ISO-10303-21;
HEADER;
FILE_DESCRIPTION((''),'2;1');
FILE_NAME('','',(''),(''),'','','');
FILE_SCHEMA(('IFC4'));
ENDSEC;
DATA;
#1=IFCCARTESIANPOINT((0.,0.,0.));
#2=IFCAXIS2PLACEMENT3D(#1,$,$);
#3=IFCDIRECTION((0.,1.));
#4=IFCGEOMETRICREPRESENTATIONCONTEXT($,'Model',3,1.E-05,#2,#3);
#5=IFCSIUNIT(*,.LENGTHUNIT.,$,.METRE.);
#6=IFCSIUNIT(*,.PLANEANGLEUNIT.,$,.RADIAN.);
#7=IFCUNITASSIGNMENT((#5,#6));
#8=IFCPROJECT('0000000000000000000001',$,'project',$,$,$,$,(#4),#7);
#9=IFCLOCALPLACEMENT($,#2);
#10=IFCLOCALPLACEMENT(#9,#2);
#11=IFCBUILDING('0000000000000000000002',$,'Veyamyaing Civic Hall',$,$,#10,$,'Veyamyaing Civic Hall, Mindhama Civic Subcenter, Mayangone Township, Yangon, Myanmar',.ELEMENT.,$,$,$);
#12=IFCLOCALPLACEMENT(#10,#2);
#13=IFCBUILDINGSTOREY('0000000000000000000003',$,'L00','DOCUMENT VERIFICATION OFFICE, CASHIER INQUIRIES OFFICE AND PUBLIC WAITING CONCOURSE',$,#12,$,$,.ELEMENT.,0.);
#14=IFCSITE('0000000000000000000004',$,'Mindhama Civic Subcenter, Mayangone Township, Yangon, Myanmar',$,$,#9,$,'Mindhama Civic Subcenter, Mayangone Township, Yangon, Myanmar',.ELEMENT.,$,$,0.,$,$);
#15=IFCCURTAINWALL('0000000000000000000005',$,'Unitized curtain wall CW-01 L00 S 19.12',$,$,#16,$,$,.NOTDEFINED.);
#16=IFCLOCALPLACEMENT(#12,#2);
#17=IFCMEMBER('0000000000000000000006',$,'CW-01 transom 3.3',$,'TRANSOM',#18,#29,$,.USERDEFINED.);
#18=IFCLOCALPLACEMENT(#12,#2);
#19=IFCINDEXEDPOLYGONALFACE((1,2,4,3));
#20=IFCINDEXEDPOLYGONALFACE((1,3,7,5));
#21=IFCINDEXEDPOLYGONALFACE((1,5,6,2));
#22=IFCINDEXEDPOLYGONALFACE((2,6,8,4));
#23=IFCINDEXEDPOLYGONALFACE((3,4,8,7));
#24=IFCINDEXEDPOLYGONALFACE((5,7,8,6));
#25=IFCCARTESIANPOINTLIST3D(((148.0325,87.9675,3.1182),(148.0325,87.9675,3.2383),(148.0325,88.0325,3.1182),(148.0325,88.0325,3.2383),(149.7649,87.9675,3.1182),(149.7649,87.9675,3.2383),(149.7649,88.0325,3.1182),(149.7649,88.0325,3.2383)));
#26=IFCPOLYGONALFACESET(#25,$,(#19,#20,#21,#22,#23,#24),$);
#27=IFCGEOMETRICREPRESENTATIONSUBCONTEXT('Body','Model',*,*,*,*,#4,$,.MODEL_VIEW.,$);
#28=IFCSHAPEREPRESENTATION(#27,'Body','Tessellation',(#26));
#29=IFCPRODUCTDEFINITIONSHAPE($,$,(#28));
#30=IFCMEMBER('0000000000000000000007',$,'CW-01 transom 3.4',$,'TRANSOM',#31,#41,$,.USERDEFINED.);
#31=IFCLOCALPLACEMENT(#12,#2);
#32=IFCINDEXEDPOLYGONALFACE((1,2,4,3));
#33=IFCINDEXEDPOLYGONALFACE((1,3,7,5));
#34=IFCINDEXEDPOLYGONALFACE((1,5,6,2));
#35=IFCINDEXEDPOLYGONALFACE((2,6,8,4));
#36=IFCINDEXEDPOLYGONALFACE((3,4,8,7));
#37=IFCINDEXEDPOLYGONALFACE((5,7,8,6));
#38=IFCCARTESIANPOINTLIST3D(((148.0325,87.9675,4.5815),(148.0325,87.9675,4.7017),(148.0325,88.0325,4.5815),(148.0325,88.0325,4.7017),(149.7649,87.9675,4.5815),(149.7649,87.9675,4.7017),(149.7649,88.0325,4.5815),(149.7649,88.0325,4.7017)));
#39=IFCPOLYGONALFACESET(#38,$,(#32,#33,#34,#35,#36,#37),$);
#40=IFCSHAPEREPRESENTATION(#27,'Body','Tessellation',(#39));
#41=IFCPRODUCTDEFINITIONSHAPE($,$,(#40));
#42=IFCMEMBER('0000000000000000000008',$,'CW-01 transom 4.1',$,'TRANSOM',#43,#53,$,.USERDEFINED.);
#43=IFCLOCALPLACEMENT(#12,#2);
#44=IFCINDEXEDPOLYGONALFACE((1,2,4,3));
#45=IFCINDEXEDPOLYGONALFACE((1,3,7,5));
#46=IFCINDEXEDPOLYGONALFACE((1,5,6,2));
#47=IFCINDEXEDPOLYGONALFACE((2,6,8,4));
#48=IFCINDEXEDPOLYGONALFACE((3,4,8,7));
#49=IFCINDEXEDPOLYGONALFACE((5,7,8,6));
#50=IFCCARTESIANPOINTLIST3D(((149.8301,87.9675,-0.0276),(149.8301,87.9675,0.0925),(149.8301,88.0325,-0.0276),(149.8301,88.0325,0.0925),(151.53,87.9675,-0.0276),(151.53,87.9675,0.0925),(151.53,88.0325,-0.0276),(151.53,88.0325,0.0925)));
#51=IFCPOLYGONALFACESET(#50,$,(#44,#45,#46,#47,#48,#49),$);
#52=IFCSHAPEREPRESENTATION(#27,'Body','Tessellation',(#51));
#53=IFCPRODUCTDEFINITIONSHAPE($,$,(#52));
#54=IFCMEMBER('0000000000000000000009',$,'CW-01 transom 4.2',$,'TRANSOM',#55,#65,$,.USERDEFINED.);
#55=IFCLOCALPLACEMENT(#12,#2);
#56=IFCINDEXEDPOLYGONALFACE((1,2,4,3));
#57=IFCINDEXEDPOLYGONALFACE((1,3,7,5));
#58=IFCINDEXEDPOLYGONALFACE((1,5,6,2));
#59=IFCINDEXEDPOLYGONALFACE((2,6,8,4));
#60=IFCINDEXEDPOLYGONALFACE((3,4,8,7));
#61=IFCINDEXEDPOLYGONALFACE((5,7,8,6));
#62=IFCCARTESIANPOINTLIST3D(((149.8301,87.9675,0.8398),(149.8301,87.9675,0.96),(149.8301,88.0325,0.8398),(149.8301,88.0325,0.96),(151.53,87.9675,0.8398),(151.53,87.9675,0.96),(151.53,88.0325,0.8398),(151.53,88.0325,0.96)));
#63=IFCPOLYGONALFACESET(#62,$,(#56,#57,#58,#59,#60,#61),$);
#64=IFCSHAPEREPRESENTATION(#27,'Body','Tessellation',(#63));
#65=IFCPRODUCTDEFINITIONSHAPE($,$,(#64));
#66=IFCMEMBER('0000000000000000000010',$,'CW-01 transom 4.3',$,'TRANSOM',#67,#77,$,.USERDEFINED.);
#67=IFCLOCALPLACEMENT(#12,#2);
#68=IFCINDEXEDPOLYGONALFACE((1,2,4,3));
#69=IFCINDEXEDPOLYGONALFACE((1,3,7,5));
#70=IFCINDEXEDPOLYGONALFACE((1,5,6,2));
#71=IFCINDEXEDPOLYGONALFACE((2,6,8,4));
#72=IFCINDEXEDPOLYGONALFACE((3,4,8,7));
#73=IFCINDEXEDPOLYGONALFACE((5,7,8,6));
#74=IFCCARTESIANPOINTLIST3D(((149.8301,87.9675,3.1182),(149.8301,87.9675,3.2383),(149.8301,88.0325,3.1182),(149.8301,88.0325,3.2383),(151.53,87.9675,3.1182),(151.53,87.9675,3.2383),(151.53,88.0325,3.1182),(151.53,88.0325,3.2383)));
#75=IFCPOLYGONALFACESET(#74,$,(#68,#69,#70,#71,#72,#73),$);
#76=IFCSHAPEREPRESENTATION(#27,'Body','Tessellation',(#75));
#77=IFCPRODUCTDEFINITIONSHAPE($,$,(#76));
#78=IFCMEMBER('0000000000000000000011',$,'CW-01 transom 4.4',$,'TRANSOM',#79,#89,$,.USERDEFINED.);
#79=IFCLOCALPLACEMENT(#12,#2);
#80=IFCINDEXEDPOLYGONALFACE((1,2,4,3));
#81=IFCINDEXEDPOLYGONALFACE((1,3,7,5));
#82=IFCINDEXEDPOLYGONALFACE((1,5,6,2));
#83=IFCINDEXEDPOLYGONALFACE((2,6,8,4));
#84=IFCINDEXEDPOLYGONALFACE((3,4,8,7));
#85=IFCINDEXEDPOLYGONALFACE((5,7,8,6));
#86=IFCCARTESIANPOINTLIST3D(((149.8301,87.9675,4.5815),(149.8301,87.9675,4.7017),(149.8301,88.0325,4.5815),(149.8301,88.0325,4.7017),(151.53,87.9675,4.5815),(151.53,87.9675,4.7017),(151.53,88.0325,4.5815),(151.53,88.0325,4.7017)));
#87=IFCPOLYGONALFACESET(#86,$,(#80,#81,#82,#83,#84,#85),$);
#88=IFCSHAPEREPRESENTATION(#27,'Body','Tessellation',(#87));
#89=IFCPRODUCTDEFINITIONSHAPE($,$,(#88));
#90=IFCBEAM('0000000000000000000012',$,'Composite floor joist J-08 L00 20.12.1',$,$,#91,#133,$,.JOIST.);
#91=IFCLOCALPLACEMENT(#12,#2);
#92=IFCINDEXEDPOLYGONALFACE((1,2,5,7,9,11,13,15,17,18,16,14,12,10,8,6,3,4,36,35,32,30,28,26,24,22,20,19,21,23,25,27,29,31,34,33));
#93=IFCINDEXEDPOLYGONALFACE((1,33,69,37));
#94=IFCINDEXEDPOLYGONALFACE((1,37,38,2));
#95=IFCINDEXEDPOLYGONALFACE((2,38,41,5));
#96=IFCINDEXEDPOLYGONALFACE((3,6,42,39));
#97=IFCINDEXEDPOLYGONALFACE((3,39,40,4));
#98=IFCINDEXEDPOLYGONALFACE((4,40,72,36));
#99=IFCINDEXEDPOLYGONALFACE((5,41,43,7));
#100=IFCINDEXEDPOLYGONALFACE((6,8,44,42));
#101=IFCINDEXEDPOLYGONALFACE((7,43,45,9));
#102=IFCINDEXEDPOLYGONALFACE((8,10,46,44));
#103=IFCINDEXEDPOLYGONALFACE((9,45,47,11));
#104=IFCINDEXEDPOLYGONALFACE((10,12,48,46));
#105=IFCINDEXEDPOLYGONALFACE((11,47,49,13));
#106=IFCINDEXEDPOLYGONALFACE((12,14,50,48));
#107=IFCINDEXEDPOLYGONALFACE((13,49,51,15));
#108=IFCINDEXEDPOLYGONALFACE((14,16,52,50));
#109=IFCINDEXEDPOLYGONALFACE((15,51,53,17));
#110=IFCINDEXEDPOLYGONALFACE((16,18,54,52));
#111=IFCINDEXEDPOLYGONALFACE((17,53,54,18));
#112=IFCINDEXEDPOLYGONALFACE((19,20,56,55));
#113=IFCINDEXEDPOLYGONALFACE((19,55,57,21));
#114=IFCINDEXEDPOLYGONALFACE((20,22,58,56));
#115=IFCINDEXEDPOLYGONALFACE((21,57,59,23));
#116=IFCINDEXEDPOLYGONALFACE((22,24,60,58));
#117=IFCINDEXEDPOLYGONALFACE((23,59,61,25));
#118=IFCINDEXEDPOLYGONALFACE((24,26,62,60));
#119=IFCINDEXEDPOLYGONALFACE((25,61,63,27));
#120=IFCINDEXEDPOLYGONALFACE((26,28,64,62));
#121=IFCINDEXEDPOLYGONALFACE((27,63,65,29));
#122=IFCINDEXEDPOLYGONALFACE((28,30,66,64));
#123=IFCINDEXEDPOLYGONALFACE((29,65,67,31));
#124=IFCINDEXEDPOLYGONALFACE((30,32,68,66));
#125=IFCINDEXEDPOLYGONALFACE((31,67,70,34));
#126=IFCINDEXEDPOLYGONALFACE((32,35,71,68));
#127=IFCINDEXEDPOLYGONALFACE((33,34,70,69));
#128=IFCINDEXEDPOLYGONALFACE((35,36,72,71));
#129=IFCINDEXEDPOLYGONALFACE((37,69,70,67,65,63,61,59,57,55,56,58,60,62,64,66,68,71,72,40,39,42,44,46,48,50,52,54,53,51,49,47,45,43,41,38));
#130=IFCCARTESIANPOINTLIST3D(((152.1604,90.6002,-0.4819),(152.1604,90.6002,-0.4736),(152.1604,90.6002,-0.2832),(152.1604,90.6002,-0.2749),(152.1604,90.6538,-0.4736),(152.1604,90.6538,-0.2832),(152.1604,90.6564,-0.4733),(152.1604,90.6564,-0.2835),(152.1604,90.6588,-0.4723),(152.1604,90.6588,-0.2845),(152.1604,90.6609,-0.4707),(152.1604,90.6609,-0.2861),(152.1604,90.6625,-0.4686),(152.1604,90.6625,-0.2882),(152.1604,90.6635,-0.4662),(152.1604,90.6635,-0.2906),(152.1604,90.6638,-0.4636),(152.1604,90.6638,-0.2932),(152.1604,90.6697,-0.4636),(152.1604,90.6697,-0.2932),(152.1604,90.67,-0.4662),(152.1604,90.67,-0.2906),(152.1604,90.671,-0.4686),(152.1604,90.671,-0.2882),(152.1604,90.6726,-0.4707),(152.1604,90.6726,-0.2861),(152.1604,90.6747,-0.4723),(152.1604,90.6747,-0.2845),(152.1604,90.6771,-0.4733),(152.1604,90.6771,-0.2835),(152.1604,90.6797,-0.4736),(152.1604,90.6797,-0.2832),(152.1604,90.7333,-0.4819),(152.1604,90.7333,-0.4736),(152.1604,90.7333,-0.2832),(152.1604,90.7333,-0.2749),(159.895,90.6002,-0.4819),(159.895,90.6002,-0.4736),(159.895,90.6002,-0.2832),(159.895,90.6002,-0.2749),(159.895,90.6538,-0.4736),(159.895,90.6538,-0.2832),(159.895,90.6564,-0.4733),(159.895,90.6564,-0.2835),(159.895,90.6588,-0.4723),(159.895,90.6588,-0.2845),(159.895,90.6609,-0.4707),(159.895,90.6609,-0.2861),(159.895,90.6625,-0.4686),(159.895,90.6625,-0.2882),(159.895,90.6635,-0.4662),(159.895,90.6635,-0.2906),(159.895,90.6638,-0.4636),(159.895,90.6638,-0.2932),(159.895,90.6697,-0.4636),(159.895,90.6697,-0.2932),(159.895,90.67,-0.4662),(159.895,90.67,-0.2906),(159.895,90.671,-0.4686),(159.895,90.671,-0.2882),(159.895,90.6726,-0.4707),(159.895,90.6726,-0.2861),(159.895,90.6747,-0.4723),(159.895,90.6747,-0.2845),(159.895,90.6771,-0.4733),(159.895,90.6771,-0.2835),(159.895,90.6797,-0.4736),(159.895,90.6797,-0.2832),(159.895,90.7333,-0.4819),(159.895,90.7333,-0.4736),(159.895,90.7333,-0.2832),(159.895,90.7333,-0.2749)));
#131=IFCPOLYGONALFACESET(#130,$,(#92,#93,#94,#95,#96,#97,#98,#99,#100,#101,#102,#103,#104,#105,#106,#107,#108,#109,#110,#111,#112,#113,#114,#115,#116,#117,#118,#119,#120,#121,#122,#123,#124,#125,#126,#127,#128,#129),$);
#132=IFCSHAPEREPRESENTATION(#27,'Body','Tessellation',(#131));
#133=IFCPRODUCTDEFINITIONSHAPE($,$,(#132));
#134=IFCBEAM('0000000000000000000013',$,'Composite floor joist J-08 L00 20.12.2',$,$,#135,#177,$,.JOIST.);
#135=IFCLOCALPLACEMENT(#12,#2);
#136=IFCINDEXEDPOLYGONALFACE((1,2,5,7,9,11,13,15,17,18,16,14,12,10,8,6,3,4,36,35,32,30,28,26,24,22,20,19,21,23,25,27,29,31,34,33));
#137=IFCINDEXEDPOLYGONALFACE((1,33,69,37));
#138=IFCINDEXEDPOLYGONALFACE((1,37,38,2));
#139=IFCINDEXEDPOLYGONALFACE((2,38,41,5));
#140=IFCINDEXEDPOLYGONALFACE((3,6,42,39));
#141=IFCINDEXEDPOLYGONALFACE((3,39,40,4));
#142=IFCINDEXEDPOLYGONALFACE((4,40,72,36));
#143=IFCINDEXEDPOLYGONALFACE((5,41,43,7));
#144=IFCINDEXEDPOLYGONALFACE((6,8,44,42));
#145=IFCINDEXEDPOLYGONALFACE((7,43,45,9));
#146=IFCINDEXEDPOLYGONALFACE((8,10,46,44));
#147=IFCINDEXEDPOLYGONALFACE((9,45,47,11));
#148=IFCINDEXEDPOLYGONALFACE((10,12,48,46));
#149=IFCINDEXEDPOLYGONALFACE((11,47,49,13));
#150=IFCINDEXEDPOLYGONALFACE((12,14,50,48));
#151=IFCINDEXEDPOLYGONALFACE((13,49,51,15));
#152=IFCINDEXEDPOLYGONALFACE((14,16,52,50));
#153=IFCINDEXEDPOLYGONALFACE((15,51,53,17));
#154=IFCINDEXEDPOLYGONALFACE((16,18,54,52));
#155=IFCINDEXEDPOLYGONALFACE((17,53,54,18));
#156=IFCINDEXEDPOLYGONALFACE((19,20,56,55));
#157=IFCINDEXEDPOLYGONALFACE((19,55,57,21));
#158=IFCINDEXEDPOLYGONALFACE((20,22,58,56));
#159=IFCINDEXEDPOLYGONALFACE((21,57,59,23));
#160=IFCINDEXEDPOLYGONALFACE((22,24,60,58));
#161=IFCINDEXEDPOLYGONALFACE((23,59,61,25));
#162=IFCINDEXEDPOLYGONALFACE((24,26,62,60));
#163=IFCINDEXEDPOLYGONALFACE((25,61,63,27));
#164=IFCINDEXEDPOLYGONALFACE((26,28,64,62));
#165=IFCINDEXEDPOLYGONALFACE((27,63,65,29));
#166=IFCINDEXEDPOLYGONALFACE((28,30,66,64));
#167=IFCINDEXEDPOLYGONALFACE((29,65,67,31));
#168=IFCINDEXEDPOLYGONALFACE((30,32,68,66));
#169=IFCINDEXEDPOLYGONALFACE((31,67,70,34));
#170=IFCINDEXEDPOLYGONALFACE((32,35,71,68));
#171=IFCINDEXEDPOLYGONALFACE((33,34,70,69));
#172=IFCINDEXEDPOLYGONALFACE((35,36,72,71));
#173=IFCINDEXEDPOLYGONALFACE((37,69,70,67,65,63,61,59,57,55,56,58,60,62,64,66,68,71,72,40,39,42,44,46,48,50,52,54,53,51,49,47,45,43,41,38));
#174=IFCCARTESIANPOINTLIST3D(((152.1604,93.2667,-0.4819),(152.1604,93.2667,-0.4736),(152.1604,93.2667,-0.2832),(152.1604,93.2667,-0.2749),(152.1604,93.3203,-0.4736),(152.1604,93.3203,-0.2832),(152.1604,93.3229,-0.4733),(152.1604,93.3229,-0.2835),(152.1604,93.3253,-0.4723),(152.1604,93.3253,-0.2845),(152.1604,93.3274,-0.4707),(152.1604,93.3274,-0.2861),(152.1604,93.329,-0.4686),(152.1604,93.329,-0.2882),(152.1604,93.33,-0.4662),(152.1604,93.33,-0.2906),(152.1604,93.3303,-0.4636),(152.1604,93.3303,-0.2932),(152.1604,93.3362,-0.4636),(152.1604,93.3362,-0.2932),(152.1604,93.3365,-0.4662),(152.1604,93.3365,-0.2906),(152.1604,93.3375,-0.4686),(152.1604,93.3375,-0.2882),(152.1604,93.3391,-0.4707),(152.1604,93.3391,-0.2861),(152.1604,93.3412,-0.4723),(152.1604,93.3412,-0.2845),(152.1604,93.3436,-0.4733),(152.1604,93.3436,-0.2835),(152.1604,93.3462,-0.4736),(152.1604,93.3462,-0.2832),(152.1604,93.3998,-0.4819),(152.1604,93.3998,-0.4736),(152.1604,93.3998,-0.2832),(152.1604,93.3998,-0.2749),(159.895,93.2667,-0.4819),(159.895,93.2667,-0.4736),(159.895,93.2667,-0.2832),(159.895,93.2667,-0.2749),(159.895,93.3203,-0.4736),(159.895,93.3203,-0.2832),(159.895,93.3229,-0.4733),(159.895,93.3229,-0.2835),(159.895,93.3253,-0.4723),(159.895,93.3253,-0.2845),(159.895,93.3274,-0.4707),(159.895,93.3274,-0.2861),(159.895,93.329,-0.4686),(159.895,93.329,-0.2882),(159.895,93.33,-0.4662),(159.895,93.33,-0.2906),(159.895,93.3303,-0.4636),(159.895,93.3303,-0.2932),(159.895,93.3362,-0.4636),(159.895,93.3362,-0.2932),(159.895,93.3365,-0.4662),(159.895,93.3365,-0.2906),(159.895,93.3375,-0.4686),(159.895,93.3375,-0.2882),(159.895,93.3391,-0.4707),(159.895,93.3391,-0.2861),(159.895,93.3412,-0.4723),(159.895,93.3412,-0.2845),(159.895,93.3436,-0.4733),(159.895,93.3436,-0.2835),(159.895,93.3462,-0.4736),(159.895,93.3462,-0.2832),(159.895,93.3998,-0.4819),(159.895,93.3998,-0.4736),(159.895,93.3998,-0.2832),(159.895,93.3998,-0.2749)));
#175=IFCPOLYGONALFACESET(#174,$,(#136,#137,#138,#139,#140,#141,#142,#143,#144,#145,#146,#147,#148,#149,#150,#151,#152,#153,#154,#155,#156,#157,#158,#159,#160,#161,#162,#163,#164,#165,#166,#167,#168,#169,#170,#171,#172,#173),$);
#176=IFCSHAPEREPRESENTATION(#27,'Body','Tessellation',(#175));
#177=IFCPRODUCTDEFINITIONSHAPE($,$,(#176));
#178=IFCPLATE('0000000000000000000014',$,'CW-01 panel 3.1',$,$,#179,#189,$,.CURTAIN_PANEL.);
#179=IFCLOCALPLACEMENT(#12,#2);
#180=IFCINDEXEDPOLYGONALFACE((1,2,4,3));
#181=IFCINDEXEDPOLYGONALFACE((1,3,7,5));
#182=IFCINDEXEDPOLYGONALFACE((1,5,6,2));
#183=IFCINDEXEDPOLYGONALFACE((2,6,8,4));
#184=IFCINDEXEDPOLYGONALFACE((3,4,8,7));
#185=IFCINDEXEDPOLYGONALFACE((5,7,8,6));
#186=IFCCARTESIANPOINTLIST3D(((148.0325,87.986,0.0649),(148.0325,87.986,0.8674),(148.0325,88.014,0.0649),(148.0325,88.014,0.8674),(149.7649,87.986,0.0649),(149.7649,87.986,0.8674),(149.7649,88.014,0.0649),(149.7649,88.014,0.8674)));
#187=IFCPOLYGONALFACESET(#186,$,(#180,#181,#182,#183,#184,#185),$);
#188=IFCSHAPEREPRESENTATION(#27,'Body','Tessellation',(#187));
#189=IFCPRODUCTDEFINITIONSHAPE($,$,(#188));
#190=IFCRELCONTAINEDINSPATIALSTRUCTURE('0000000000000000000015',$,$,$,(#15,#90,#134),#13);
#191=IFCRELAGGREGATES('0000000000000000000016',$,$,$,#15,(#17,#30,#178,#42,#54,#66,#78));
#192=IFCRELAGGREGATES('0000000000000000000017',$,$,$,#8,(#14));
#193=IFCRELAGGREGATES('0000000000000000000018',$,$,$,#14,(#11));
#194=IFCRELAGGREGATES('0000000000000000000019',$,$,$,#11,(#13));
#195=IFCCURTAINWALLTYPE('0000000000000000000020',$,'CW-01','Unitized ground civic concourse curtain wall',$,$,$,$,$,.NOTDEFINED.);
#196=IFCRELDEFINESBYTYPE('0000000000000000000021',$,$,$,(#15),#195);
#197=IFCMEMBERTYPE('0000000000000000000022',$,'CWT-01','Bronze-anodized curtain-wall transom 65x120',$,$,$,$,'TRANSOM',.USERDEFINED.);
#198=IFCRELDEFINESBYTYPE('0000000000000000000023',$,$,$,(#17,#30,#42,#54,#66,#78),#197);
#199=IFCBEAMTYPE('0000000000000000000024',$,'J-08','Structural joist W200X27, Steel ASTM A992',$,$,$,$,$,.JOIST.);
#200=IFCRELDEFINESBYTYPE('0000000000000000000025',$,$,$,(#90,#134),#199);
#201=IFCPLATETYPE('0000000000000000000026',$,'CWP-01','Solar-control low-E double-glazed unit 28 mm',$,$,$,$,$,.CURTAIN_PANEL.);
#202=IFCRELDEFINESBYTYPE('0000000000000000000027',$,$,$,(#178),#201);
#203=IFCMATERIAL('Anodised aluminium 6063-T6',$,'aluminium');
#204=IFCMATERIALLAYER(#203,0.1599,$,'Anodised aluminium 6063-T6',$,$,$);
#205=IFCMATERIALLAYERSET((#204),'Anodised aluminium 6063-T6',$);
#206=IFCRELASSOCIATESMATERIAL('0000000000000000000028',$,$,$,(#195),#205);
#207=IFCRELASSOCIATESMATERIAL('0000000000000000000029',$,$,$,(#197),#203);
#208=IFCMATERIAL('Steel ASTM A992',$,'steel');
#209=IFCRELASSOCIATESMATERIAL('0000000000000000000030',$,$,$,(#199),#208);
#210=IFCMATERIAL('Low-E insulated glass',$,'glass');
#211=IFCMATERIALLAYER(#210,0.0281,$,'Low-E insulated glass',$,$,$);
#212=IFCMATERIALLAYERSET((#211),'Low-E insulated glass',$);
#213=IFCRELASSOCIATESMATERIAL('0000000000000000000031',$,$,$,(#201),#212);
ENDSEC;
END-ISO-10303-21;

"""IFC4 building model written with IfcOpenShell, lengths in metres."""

from ifc_helpers import new_model, si_unit, direction, frame, origin, origin_2d, place, context, subcontext, project, spatial, rectangle, i_section, extrude, material, layer, layer_set, material_profile, profile_set, type_object, element, aggregate, save


model = new_model("IFC4")

# Units and contexts
model_context = context("Model", 3, precision=1e-05, world=origin(), true_north=direction((0.0, 1.0)))
body_context = subcontext(model_context, "Body", "Model", "MODEL_VIEW")
ifc_project = project(units=[si_unit("LENGTHUNIT", "METRE"), si_unit("PLANEANGLEUNIT", "RADIAN")], contexts=[model_context])

# Site, building, storey
site_placement = place(None, origin())
site = spatial("IfcSite", under=ifc_project, at=site_placement, Name="Mindhama Civic Subcenter, Mayangone Township, Yangon, Myanmar", LongName="Mindhama Civic Subcenter, Mayangone Township, Yangon, Myanmar", CompositionType="ELEMENT", RefElevation=0.0)
building_placement = place(site_placement, origin())
building = spatial("IfcBuilding", under=site, at=building_placement, Name="Veyamyaing Civic Hall", LongName="Veyamyaing Civic Hall, Mindhama Civic Subcenter, Mayangone Township, Yangon, Myanmar", CompositionType="ELEMENT")
storey_placement = place(building_placement, origin())
storey = spatial("IfcBuildingStorey", under=building, at=storey_placement, Name="L00", Description="DOCUMENT VERIFICATION OFFICE, CASHIER INQUIRIES OFFICE AND PUBLIC WAITING CONCOURSE", CompositionType="ELEMENT", Elevation=0.0)

# Shared definitions
ifc_material_1 = material(Name="Steel ASTM A992", Category="steel")

# Curtain wall, members
ifc_material_2 = material(Name="Anodised aluminium 6063-T6", Category="aluminium")
ifc_layer_1 = layer(ifc_material_2, 0.1599, Name="Anodised aluminium 6063-T6")
ifc_layer_set_1 = layer_set([ifc_layer_1], Name="Anodised aluminium 6063-T6")
curtain_wall_type = type_object("IfcCurtainWallType", Name="CW-01", Description="Unitized ground civic concourse curtain wall", PredefinedType="NOTDEFINED", material=ifc_layer_set_1)
curtain_wall_placement = place(storey_placement, origin())
curtain_wall = element("IfcCurtainWall", 1, at=curtain_wall_placement, inside=storey, type_object=curtain_wall_type, Name="Unitized curtain wall CW-01 L00 S 19.12", PredefinedType="NOTDEFINED")
ifc_material_profile_1 = material_profile(ifc_material_2, rectangle(XDim=0.0649, YDim=0.1201, at=origin_2d()), Name="ALU-TRN-65X120")
ifc_profile_set_1 = profile_set([ifc_material_profile_1], Name="Anodised aluminium 6063-T6")
member_type_1 = type_object("IfcMemberType", Name="CWT-01", Description="Bronze-anodized curtain-wall transom 65x120", ElementType="TRANSOM", PredefinedType="USERDEFINED", material=ifc_profile_set_1)
member_1_placement = place(storey_placement, frame((148.0325, 88.0, 3.1782), z_axis=(1.0, 0.0, 0.0), x_axis=(0.0, 1.0, 0.0)))
member_1 = element("IfcMember", 2, at=member_1_placement, type_object=member_type_1, Name="CW-01 transom 3.3", ObjectType="TRANSOM", PredefinedType="USERDEFINED", context=body_context, shape_type="SweptSolid", body=[
    extrude(rectangle(XDim=0.0649, YDim=0.1201, at=origin_2d()), origin(), (0.0, 0.0, 1.0), 1.7324),
])
member_2_placement = place(storey_placement, frame((148.0325, 88.0, 4.6416), z_axis=(1.0, 0.0, 0.0), x_axis=(0.0, 1.0, 0.0)))
member_2 = element("IfcMember", 3, at=member_2_placement, type_object=member_type_1, Name="CW-01 transom 3.4", ObjectType="TRANSOM", PredefinedType="USERDEFINED", context=body_context, shape_type="SweptSolid", body=[
    extrude(rectangle(XDim=0.0649, YDim=0.1201, at=origin_2d()), origin(), (0.0, 0.0, 1.0), 1.7324),
])
member_3_placement = place(storey_placement, frame((149.8301, 88.0, 0.0325), z_axis=(1.0, 0.0, 0.0), x_axis=(0.0, 1.0, 0.0)))
member_3 = element("IfcMember", 4, at=member_3_placement, type_object=member_type_1, Name="CW-01 transom 4.1", ObjectType="TRANSOM", PredefinedType="USERDEFINED", context=body_context, shape_type="SweptSolid", body=[
    extrude(rectangle(XDim=0.0649, YDim=0.1201, at=origin_2d()), origin(), (0.0, 0.0, 1.0), 1.7),
])
member_4_placement = place(storey_placement, frame((149.8301, 88.0, 0.8999), z_axis=(1.0, 0.0, 0.0), x_axis=(0.0, 1.0, 0.0)))
member_4 = element("IfcMember", 5, at=member_4_placement, type_object=member_type_1, Name="CW-01 transom 4.2", ObjectType="TRANSOM", PredefinedType="USERDEFINED", context=body_context, shape_type="SweptSolid", body=[
    extrude(rectangle(XDim=0.0649, YDim=0.1201, at=origin_2d()), origin(), (0.0, 0.0, 1.0), 1.7),
])
member_5_placement = place(storey_placement, frame((149.8301, 88.0, 3.1782), z_axis=(1.0, 0.0, 0.0), x_axis=(0.0, 1.0, 0.0)))
member_5 = element("IfcMember", 6, at=member_5_placement, type_object=member_type_1, Name="CW-01 transom 4.3", ObjectType="TRANSOM", PredefinedType="USERDEFINED", context=body_context, shape_type="SweptSolid", body=[
    extrude(rectangle(XDim=0.0649, YDim=0.1201, at=origin_2d()), origin(), (0.0, 0.0, 1.0), 1.7),
])
member_6_placement = place(storey_placement, frame((149.8301, 88.0, 4.6416), z_axis=(1.0, 0.0, 0.0), x_axis=(0.0, 1.0, 0.0)))
member_6 = element("IfcMember", 7, at=member_6_placement, type_object=member_type_1, Name="CW-01 transom 4.4", ObjectType="TRANSOM", PredefinedType="USERDEFINED", context=body_context, shape_type="SweptSolid", body=[
    extrude(rectangle(XDim=0.0649, YDim=0.1201, at=origin_2d()), origin(), (0.0, 0.0, 1.0), 1.7),
])

# Beams
ifc_material_profile_2 = material_profile(ifc_material_1, i_section(OverallWidth=0.1331, OverallDepth=0.207, WebThickness=0.0059, FlangeThickness=0.0083, FilletRadius=0.01, at=origin_2d()), Name="W200X27")
ifc_profile_set_2 = profile_set([ifc_material_profile_2], Name="Steel ASTM A992")
beam_type_1 = type_object("IfcBeamType", Name="J-08", Description="Structural joist W200X27, Steel ASTM A992", PredefinedType="JOIST", material=ifc_profile_set_2)
for number, where, z_axis, x_axis, name in (
    (8, (152.1604, 90.6667, -0.3784), (1.0, 0.0, 0.0), (0.0, 1.0, 0.0), "Composite floor joist J-08 L00 20.12.1"),
    (9, (152.1604, 93.3333, -0.3784), (1.0, 0.0, 0.0), (0.0, 1.0, 0.0), "Composite floor joist J-08 L00 20.12.2"),
):
    element("IfcBeam", number, at=place(storey_placement, frame(where, z_axis=z_axis, x_axis=x_axis)), inside=storey, type_object=beam_type_1, Name=name, PredefinedType="JOIST", context=body_context, shape_type="SweptSolid", body=[
        extrude(i_section(OverallWidth=0.1331, OverallDepth=0.207, WebThickness=0.0059, FlangeThickness=0.0083, FilletRadius=0.01, at=origin_2d()), origin(), (0.0, 0.0, 1.0), 7.7346),
    ])

# Plate
ifc_material_3 = material(Name="Low-E insulated glass", Category="glass")
ifc_layer_2 = layer(ifc_material_3, 0.0281, Name="Low-E insulated glass")
ifc_layer_set_2 = layer_set([ifc_layer_2], Name="Low-E insulated glass")
plate_type = type_object("IfcPlateType", Name="CWP-01", Description="Solar-control low-E double-glazed unit 28 mm", PredefinedType="CURTAIN_PANEL", material=ifc_layer_set_2)
plate_1_placement = place(storey_placement, frame((148.8987, 88.0, 0.0649), z_axis=(0.0, 0.0, 1.0), x_axis=(1.0, 0.0, 0.0)))
plate_1 = element("IfcPlate", 10, at=plate_1_placement, type_object=plate_type, Name="CW-01 panel 3.1", PredefinedType="CURTAIN_PANEL", context=body_context, shape_type="SweptSolid", body=[
    extrude(rectangle(XDim=1.7324, YDim=0.0281, at=origin_2d()), origin(), (0.0, 0.0, 1.0), 0.8025),
])
aggregate(curtain_wall, [member_1, member_2, plate_1, member_3, member_4, member_5, member_6])

save(model, "model.ifc")
